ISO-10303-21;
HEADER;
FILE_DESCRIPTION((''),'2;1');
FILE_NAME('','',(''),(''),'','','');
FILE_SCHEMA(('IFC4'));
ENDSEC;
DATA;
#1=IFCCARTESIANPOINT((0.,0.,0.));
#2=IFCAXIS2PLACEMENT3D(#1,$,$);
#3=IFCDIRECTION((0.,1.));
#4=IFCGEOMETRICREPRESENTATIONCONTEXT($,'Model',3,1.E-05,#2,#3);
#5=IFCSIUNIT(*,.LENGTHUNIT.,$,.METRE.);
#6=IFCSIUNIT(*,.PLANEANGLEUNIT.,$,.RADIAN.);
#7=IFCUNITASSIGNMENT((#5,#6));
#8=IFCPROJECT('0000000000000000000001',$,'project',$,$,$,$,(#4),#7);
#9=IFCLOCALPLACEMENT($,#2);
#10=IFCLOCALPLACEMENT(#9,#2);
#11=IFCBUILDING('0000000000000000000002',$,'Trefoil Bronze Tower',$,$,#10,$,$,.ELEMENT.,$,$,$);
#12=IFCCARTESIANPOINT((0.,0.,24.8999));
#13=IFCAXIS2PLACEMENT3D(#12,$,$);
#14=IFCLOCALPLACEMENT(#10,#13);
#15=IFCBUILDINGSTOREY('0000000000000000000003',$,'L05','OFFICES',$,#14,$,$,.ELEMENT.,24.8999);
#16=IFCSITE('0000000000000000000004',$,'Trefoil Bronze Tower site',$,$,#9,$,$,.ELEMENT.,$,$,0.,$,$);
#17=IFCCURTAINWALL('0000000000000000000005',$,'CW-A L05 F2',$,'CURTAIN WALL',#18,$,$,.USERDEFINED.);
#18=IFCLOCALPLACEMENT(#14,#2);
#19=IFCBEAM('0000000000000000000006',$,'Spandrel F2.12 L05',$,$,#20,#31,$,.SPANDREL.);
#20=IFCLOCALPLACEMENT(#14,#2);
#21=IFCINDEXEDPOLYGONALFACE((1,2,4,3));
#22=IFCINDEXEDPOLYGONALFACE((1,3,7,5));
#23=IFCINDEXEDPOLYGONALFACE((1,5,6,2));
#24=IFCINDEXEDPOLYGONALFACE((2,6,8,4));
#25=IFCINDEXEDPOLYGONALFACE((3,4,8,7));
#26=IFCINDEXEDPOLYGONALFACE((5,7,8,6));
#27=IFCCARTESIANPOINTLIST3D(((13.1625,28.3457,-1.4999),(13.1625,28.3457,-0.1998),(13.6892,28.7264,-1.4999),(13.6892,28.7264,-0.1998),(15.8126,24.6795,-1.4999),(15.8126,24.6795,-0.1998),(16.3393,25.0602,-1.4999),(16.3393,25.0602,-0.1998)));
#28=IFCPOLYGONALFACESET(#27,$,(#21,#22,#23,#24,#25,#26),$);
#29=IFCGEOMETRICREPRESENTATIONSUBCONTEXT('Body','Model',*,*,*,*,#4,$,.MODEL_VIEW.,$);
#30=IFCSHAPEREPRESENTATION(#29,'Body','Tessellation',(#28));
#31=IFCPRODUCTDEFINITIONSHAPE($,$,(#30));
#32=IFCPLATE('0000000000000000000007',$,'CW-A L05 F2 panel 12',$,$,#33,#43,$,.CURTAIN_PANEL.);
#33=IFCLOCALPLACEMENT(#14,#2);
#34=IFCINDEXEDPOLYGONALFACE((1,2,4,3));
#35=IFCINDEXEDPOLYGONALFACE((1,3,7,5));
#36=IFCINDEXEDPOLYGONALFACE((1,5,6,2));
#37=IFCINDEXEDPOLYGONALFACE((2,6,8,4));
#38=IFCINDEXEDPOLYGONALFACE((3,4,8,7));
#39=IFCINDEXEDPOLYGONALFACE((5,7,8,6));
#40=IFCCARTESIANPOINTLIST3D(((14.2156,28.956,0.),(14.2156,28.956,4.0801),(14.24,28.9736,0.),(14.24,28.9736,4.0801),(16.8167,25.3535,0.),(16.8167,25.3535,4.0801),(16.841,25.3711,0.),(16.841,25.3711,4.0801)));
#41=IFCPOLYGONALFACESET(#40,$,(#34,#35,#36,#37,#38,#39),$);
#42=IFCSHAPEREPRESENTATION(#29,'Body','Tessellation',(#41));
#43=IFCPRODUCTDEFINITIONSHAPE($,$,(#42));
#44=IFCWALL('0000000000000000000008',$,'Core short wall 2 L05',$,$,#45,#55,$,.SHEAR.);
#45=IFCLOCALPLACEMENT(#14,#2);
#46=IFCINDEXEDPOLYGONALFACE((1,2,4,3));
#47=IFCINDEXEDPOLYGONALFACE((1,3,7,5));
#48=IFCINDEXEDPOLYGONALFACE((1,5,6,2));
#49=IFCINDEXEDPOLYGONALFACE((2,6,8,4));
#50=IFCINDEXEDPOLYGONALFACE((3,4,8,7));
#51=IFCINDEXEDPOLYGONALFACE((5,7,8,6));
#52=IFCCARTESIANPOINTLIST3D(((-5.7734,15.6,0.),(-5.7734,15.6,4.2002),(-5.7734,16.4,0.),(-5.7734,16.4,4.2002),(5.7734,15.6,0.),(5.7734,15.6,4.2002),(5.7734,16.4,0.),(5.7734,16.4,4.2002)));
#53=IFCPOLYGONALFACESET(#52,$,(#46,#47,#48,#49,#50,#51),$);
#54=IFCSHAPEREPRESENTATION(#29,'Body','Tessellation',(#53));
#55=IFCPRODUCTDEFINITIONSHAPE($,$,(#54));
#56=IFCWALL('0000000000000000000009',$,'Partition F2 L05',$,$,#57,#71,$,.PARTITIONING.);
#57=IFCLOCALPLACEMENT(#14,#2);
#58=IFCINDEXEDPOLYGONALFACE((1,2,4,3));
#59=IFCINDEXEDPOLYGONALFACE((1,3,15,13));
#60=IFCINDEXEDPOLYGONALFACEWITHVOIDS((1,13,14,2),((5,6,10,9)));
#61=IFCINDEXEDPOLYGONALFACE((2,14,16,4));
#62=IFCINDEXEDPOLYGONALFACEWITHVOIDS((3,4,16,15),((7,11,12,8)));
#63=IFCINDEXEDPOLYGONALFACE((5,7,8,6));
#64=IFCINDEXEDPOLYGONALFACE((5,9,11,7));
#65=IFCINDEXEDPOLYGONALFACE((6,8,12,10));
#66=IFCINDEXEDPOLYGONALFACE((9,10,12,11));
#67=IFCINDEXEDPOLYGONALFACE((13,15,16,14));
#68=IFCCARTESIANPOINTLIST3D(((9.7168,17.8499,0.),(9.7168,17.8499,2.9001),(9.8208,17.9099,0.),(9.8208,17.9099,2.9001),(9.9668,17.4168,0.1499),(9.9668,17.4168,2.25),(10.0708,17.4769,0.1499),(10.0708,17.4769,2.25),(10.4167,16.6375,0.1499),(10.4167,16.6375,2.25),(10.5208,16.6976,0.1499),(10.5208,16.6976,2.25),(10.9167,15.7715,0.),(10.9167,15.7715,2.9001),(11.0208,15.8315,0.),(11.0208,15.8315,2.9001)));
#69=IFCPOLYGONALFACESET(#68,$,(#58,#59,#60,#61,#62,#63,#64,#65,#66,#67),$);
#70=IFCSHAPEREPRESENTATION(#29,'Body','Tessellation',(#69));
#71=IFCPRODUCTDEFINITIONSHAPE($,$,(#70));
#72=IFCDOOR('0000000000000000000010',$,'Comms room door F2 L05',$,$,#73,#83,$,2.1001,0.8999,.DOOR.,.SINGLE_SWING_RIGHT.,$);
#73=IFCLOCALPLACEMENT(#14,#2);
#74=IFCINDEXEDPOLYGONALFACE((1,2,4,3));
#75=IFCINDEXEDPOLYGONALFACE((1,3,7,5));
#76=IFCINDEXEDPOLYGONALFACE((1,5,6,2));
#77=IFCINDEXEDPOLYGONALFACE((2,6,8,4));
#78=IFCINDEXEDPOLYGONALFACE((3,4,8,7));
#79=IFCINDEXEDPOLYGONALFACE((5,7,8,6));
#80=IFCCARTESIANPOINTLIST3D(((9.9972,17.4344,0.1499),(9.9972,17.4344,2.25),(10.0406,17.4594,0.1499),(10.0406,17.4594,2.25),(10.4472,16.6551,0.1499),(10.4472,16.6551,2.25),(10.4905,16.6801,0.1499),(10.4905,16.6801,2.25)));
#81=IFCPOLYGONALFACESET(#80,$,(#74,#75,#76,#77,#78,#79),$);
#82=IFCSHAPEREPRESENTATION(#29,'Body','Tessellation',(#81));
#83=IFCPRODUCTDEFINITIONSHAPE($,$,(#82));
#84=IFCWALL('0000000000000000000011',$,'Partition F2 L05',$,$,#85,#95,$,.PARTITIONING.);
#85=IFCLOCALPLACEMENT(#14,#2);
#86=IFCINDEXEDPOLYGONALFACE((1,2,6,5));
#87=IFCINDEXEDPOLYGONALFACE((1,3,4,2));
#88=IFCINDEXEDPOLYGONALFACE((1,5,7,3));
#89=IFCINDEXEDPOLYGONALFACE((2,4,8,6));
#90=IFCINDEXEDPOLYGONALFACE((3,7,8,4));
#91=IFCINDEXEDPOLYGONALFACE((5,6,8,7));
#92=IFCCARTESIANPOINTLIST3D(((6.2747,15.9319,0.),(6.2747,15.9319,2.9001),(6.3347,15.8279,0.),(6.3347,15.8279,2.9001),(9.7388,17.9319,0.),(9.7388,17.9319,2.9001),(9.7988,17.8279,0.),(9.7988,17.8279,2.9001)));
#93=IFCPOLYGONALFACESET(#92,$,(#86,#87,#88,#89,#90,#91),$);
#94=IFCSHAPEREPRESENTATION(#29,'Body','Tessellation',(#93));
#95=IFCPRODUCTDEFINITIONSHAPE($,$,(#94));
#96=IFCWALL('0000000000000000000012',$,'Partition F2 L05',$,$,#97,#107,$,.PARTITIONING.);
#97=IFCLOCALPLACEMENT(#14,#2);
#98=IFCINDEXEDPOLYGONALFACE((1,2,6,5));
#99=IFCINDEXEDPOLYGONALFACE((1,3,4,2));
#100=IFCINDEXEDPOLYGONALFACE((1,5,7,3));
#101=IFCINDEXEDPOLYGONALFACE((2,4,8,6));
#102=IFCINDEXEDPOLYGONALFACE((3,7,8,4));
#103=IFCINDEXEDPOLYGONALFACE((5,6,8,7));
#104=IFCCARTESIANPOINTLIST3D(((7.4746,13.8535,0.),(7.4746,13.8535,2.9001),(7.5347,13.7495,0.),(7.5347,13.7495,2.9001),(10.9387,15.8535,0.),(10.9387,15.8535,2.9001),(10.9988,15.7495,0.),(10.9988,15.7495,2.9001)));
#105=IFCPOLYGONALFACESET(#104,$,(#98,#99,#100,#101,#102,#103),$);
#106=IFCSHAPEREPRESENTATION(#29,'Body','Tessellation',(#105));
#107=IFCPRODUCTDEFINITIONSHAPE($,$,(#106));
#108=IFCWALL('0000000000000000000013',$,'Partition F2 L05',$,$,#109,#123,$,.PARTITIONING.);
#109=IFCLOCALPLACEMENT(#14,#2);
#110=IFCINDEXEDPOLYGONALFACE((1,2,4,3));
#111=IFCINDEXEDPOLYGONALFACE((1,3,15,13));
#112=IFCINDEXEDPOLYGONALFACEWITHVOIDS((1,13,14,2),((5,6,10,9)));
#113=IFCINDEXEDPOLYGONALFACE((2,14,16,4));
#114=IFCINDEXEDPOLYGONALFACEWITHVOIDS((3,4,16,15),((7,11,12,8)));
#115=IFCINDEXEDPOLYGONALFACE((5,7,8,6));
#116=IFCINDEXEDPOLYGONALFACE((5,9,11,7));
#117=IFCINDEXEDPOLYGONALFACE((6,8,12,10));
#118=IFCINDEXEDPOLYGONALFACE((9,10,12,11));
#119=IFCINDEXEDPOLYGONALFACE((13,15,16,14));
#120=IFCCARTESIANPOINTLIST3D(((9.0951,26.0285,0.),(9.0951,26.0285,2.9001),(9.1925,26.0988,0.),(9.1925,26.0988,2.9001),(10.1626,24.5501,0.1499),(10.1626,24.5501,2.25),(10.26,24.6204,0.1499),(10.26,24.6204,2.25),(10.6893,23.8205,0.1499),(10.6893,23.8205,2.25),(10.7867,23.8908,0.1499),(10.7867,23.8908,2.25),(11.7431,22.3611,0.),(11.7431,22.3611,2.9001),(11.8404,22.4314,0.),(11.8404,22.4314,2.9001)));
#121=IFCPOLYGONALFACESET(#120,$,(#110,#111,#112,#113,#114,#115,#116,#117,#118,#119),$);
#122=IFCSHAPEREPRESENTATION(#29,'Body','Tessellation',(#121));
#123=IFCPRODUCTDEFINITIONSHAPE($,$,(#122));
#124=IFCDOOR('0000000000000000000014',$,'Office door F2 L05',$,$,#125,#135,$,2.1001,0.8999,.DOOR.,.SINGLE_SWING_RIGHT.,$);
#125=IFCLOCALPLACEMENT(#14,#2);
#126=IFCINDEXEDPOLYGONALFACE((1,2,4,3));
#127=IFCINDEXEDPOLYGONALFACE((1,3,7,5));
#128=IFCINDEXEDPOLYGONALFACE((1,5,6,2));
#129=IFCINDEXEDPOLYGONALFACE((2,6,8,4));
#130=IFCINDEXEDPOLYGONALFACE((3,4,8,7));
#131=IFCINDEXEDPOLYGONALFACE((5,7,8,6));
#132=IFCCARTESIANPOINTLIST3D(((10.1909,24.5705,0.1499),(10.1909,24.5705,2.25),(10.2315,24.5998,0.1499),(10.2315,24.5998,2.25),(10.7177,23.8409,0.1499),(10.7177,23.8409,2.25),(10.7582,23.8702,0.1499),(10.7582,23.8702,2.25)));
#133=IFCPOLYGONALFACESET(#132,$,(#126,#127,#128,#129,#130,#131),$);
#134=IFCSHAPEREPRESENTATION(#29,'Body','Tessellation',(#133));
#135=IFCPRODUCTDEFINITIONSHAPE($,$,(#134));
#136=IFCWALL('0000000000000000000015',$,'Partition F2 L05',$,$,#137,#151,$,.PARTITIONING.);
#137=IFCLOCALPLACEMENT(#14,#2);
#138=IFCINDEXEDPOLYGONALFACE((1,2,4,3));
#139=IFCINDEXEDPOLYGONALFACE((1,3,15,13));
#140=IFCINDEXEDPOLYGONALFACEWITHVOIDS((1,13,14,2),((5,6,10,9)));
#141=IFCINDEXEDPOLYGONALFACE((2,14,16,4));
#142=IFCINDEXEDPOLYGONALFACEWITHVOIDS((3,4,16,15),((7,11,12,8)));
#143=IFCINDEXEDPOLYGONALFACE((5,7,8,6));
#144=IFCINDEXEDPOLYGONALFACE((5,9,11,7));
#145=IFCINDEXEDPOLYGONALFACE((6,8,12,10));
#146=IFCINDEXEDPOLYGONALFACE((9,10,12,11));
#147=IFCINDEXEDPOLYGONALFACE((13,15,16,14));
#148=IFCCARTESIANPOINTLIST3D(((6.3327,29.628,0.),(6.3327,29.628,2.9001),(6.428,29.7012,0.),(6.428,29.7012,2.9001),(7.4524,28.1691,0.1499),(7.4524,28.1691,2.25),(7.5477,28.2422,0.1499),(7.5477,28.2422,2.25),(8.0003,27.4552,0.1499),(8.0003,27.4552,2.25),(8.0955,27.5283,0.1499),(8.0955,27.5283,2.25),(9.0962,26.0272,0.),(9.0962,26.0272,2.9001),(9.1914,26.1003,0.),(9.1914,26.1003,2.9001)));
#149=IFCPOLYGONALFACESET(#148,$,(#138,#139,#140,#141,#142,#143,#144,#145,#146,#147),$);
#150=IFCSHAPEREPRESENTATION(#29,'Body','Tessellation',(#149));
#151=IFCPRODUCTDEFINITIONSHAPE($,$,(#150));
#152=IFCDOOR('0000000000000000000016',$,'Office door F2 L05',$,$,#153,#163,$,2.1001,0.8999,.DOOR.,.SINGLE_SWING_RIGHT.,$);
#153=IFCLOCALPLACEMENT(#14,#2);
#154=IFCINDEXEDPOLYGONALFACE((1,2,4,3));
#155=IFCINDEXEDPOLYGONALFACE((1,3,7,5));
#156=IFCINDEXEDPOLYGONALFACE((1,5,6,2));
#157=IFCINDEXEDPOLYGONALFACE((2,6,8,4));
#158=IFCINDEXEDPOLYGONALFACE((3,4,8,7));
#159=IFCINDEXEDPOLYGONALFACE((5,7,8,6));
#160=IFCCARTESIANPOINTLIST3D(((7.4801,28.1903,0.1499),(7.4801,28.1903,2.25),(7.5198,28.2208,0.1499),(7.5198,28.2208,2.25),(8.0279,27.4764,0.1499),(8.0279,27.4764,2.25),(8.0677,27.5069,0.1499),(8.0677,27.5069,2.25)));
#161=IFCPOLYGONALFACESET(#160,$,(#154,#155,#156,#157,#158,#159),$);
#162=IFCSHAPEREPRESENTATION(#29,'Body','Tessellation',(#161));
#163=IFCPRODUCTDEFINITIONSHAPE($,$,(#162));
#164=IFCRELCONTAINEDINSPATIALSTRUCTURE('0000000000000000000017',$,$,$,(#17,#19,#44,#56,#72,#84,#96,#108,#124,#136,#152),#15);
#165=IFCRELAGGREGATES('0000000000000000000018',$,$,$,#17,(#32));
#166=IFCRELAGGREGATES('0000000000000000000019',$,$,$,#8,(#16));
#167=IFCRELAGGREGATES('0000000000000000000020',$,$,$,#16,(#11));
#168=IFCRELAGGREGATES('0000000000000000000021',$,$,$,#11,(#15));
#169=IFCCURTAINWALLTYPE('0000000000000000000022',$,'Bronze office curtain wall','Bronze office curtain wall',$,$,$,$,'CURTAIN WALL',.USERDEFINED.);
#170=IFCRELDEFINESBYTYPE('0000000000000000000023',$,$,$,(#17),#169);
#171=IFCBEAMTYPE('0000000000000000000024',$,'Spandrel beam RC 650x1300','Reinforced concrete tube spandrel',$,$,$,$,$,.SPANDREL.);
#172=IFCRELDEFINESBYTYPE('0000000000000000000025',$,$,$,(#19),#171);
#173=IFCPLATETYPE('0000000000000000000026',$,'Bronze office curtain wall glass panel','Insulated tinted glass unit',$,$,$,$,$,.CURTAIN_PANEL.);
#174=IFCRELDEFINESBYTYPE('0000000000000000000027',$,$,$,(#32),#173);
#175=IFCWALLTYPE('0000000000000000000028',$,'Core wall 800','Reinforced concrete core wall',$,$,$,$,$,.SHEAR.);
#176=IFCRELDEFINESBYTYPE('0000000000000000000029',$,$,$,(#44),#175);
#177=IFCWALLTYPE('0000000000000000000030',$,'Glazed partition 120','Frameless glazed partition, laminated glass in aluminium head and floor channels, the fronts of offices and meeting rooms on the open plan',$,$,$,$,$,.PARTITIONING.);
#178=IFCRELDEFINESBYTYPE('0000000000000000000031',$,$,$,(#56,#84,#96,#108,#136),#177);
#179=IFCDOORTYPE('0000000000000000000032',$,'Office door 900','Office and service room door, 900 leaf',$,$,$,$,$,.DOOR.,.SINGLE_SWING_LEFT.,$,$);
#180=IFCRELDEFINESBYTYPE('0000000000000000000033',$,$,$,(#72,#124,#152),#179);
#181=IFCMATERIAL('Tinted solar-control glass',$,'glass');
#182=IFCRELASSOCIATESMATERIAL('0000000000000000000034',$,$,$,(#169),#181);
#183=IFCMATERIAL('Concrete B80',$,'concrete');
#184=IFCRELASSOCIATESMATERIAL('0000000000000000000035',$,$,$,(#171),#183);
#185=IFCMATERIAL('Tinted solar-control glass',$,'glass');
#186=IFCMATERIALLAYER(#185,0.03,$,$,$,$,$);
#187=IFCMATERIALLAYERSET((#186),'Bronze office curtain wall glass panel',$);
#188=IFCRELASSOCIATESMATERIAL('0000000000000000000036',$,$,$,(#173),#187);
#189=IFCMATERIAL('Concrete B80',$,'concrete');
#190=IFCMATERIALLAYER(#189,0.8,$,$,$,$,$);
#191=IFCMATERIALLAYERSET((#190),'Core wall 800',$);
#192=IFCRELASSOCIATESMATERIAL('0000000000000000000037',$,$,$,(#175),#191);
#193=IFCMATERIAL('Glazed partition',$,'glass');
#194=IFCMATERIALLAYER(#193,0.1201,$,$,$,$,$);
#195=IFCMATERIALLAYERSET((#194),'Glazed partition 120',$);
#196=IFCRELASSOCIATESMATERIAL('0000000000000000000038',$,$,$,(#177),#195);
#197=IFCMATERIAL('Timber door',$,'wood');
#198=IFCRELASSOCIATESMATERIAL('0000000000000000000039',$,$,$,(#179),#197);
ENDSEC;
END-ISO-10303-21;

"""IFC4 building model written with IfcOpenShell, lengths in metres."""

from ifc_helpers import new_model, si_unit, direction, frame, frame_2d, origin, origin_2d, place, context, subcontext, project, spatial, rectangle, extrude, material, layer, layer_set, material_profile, profile_set, type_object, element, fill, aggregate, save


model = new_model("IFC4")

# Units and contexts
model_context = context("Model", 3, precision=1e-05, world=origin(), true_north=direction((0.0, 1.0)))
body_context = subcontext(model_context, "Body", "Model", "MODEL_VIEW")
ifc_project = project(units=[si_unit("LENGTHUNIT", "METRE"), si_unit("PLANEANGLEUNIT", "RADIAN")], contexts=[model_context])

# Site, building, storey
site_placement = place(None, origin())
site = spatial("IfcSite", under=ifc_project, at=site_placement, Name="Trefoil Bronze Tower site", CompositionType="ELEMENT", RefElevation=0.0)
building_placement = place(site_placement, origin())
building = spatial("IfcBuilding", under=site, at=building_placement, Name="Trefoil Bronze Tower", CompositionType="ELEMENT")
storey_placement = place(building_placement, frame((0.0, 0.0, 24.8999)))
storey = spatial("IfcBuildingStorey", under=building, at=storey_placement, Name="L05", Description="OFFICES", CompositionType="ELEMENT", Elevation=24.8999)

# Curtain wall
ifc_material_1 = material(Name="Tinted solar-control glass", Category="glass")
curtain_wall_type = type_object("IfcCurtainWallType", Name="Bronze office curtain wall", Description="Bronze office curtain wall", ElementType="CURTAIN WALL", PredefinedType="USERDEFINED", material=ifc_material_1)
curtain_wall_placement = place(storey_placement, origin())
curtain_wall = element("IfcCurtainWall", 1, at=curtain_wall_placement, inside=storey, type_object=curtain_wall_type, Name="CW-A L05 F2", ObjectType="CURTAIN WALL", PredefinedType="USERDEFINED")

# Beam
ifc_material_2 = material(Name="Concrete B80", Category="concrete")
ifc_material_profile_1 = material_profile(ifc_material_2, rectangle(XDim=0.6499, YDim=1.3, at=origin_2d()), Name="RC 650x1300")
ifc_profile_set_1 = profile_set([ifc_material_profile_1], Name="Concrete B80")
beam_type_1 = type_object("IfcBeamType", Name="Spandrel beam RC 650x1300", Description="Reinforced concrete tube spandrel", PredefinedType="SPANDREL", material=ifc_profile_set_1)
beam_1_placement = place(storey_placement, frame((16.0759, 24.8699, -0.8499), z_axis=(-0.585824, 0.810439, 0.0), x_axis=(-0.810439, -0.585824, 0.0)))
element("IfcBeam", 2, at=beam_1_placement, inside=storey, type_object=beam_type_1, Name="Spandrel F2.12 L05", PredefinedType="SPANDREL", context=body_context, shape_type="SweptSolid", body=[
    extrude(rectangle(XDim=0.6499, YDim=1.3, at=origin_2d()), origin(), (0.0, 0.0, 1.0), 4.5237),
])

# Plate
ifc_material_3 = material(Name="Tinted solar-control glass", Category="glass")
ifc_layer_1 = layer(ifc_material_3, 0.03)
ifc_layer_set_1 = layer_set([ifc_layer_1], Name="Bronze office curtain wall glass panel")
plate_type = type_object("IfcPlateType", Name="Bronze office curtain wall glass panel", Description="Insulated tinted glass unit", PredefinedType="CURTAIN_PANEL", material=ifc_layer_set_1)
plate_placement = place(storey_placement, frame((15.5283, 27.1636, 0.0), z_axis=(0.0, 0.0, 1.0), x_axis=(-0.585373, 0.810764, 0.0)))
plate = element("IfcPlate", 3, at=plate_placement, type_object=plate_type, Name="CW-A L05 F2 panel 12", PredefinedType="CURTAIN_PANEL", context=body_context, shape_type="SweptSolid", body=[
    extrude(rectangle(XDim=4.4434, YDim=0.03, at=origin_2d()), origin(), (0.0, 0.0, 1.0), 4.0801),
])
aggregate(curtain_wall, [plate])

# Wall
ifc_material_4 = material(Name="Concrete B80", Category="concrete")
ifc_layer_2 = layer(ifc_material_4, 0.8)
ifc_layer_set_2 = layer_set([ifc_layer_2], Name="Core wall 800")
wall_type_1 = type_object("IfcWallType", Name="Core wall 800", Description="Reinforced concrete core wall", PredefinedType="SHEAR", material=ifc_layer_set_2)
wall_1_placement = place(storey_placement, frame((5.7734, 16.0, 0.0), z_axis=(0.0, 0.0, 1.0), x_axis=(-1.0, 0.0, 0.0)))
element("IfcWall", 4, at=wall_1_placement, inside=storey, type_object=wall_type_1, Name="Core short wall 2 L05", PredefinedType="SHEAR", context=body_context, shape_type="SweptSolid", body=[
    extrude(rectangle(XDim=11.5469, YDim=0.8, at=frame_2d((5.7734, 0.0))), origin(), (0.0, 0.0, 1.0), 4.2002),
])

# Wall, opening, door
ifc_material_5 = material(Name="Glazed partition", Category="glass")
ifc_layer_3 = layer(ifc_material_5, 0.1201)
ifc_layer_set_3 = layer_set([ifc_layer_3], Name="Glazed partition 120")
wall_type_2 = type_object("IfcWallType", Name="Glazed partition 120", Description="Frameless glazed partition, laminated glass in aluminium head and floor channels, the fronts of offices and meeting rooms on the open plan", PredefinedType="PARTITIONING", material=ifc_layer_set_3)
wall_2_placement = place(storey_placement, frame((10.9688, 15.8015, 0.0), z_axis=(0.0, 0.0, 1.0), x_axis=(-0.500001, 0.866025, 0.0)))
wall_2 = element("IfcWall", 5, at=wall_2_placement, inside=storey, type_object=wall_type_2, Name="Partition F2 L05", PredefinedType="PARTITIONING", context=body_context, shape_type="SweptSolid", body=[
    extrude(rectangle(XDim=2.3999, YDim=0.1201, at=frame_2d((1.2, 0.0))), origin(), (0.0, 0.0, 1.0), 2.9001),
])
opening_1_placement = place(wall_2_placement, frame((1.0, 0.0, 0.1499)))
opening_1 = element("IfcOpeningElement", 6, at=opening_1_placement, cuts=wall_2, PredefinedType="OPENING", context=body_context, shape_type="SweptSolid", body=[
    extrude(rectangle(XDim=0.8999, YDim=2.1001, at=frame_2d((0.45, 1.05))), frame((0.0, 0.0701, 0.0), z_axis=(0.0, -1.0, 0.0), x_axis=(1.0, 0.0, 0.0)), (0.0, 0.0, 1.0), 0.1401),
])
ifc_material_6 = material(Name="Timber door", Category="wood")
door_type_1 = type_object("IfcDoorType", Name="Office door 900", Description="Office and service room door, 900 leaf", OperationType="SINGLE_SWING_LEFT", PredefinedType="DOOR", material=ifc_material_6)
door_1_placement = place(opening_1_placement, origin())
door_1 = element("IfcDoor", 7, at=door_1_placement, inside=storey, type_object=door_type_1, Name="Comms room door F2 L05", OperationType="SINGLE_SWING_RIGHT", OverallHeight=2.1001, OverallWidth=0.8999, PredefinedType="DOOR", context=body_context, shape_type="SweptSolid", body=[
    extrude(rectangle(XDim=0.8999, YDim=2.1001, at=frame_2d((0.45, 1.05))), frame((0.0, 0.0249, 0.0), z_axis=(0.0, -1.0, 0.0), x_axis=(1.0, 0.0, 0.0)), (0.0, 0.0, 1.0), 0.05),
])
fill(opening_1, door_1)

# Walls
for number, where, z_axis, x_axis, name in (
    (8, (6.3047, 15.8799, 0.0), (0.0, 0.0, 1.0), (0.866026, 0.499999, 0.0), "Partition F2 L05"),
    (9, (7.5046, 13.8015, 0.0), (0.0, 0.0, 1.0), (0.866026, 0.499999, 0.0), "Partition F2 L05"),
):
    element("IfcWall", number, at=place(storey_placement, frame(where, z_axis=z_axis, x_axis=x_axis)), inside=storey, type_object=wall_type_2, Name=name, PredefinedType="PARTITIONING", context=body_context, shape_type="SweptSolid", body=[
        extrude(rectangle(XDim=4.0, YDim=0.1201, at=frame_2d((2.0, 0.0))), origin(), (0.0, 0.0, 1.0), 2.9001),
    ])

# Walls, openings, doors
wall_3_placement = place(storey_placement, frame((11.7917, 22.3962, 0.0), z_axis=(0.0, 0.0, 1.0), x_axis=(-0.585376, 0.810762, 0.0)))
wall_3 = element("IfcWall", 10, at=wall_3_placement, inside=storey, type_object=wall_type_2, Name="Partition F2 L05", PredefinedType="PARTITIONING", context=body_context, shape_type="SweptSolid", body=[
    extrude(rectangle(XDim=4.5234, YDim=0.1201, at=frame_2d((2.2617, 0.0))), origin(), (0.0, 0.0, 1.0), 2.9001),
])
opening_2_placement = place(wall_3_placement, frame((1.8, 0.0, 0.1499)))
opening_2 = element("IfcOpeningElement", 11, at=opening_2_placement, cuts=wall_3, PredefinedType="OPENING", context=body_context, shape_type="SweptSolid", body=[
    extrude(rectangle(XDim=0.8999, YDim=2.1001, at=frame_2d((0.45, 1.05))), frame((0.0, 0.0701, 0.0), z_axis=(0.0, -1.0, 0.0), x_axis=(1.0, 0.0, 0.0)), (0.0, 0.0, 1.0), 0.1401),
])
door_2_placement = place(opening_2_placement, frame((0.8999, 0.0, 0.0), z_axis=(0.0, 0.0, 1.0), x_axis=(-1.0, 0.0, 0.0)))
door_2 = element("IfcDoor", 12, at=door_2_placement, inside=storey, type_object=door_type_1, Name="Office door F2 L05", OperationType="SINGLE_SWING_RIGHT", OverallHeight=2.1001, OverallWidth=0.8999, PredefinedType="DOOR", context=body_context, shape_type="SweptSolid", body=[
    extrude(rectangle(XDim=0.8999, YDim=2.1001, at=frame_2d((0.45, 1.05))), frame((0.0, 0.0249, 0.0), z_axis=(0.0, -1.0, 0.0), x_axis=(1.0, 0.0, 0.0)), (0.0, 0.0, 1.0), 0.05),
])
fill(opening_2, door_2)
wall_4_placement = place(storey_placement, frame((9.1438, 26.0637, 0.0), z_axis=(0.0, 0.0, 1.0), x_axis=(-0.608819, 0.793309, 0.0)))
wall_4 = element("IfcWall", 13, at=wall_4_placement, inside=storey, type_object=wall_type_2, Name="Partition F2 L05", PredefinedType="PARTITIONING", context=body_context, shape_type="SweptSolid", body=[
    extrude(rectangle(XDim=4.5391, YDim=0.1201, at=frame_2d((2.2695, 0.0))), origin(), (0.0, 0.0, 1.0), 2.9001),
])
opening_3_placement = place(wall_4_placement, frame((1.8, 0.0, 0.1499)))
opening_3 = element("IfcOpeningElement", 14, at=opening_3_placement, cuts=wall_4, PredefinedType="OPENING", context=body_context, shape_type="SweptSolid", body=[
    extrude(rectangle(XDim=0.8999, YDim=2.1001, at=frame_2d((0.45, 1.05))), frame((0.0, 0.0701, 0.0), z_axis=(0.0, -1.0, 0.0), x_axis=(1.0, 0.0, 0.0)), (0.0, 0.0, 1.0), 0.1401),
])
door_3_placement = place(opening_3_placement, frame((0.8999, 0.0, 0.0), z_axis=(0.0, 0.0, 1.0), x_axis=(-1.0, 0.0, 0.0)))
door_3 = element("IfcDoor", 15, at=door_3_placement, inside=storey, type_object=door_type_1, Name="Office door F2 L05", OperationType="SINGLE_SWING_RIGHT", OverallHeight=2.1001, OverallWidth=0.8999, PredefinedType="DOOR", context=body_context, shape_type="SweptSolid", body=[
    extrude(rectangle(XDim=0.8999, YDim=2.1001, at=frame_2d((0.45, 1.05))), frame((0.0, 0.0249, 0.0), z_axis=(0.0, -1.0, 0.0), x_axis=(1.0, 0.0, 0.0)), (0.0, 0.0, 1.0), 0.05),
])
fill(opening_3, door_3)

save(model, "model.ifc")
